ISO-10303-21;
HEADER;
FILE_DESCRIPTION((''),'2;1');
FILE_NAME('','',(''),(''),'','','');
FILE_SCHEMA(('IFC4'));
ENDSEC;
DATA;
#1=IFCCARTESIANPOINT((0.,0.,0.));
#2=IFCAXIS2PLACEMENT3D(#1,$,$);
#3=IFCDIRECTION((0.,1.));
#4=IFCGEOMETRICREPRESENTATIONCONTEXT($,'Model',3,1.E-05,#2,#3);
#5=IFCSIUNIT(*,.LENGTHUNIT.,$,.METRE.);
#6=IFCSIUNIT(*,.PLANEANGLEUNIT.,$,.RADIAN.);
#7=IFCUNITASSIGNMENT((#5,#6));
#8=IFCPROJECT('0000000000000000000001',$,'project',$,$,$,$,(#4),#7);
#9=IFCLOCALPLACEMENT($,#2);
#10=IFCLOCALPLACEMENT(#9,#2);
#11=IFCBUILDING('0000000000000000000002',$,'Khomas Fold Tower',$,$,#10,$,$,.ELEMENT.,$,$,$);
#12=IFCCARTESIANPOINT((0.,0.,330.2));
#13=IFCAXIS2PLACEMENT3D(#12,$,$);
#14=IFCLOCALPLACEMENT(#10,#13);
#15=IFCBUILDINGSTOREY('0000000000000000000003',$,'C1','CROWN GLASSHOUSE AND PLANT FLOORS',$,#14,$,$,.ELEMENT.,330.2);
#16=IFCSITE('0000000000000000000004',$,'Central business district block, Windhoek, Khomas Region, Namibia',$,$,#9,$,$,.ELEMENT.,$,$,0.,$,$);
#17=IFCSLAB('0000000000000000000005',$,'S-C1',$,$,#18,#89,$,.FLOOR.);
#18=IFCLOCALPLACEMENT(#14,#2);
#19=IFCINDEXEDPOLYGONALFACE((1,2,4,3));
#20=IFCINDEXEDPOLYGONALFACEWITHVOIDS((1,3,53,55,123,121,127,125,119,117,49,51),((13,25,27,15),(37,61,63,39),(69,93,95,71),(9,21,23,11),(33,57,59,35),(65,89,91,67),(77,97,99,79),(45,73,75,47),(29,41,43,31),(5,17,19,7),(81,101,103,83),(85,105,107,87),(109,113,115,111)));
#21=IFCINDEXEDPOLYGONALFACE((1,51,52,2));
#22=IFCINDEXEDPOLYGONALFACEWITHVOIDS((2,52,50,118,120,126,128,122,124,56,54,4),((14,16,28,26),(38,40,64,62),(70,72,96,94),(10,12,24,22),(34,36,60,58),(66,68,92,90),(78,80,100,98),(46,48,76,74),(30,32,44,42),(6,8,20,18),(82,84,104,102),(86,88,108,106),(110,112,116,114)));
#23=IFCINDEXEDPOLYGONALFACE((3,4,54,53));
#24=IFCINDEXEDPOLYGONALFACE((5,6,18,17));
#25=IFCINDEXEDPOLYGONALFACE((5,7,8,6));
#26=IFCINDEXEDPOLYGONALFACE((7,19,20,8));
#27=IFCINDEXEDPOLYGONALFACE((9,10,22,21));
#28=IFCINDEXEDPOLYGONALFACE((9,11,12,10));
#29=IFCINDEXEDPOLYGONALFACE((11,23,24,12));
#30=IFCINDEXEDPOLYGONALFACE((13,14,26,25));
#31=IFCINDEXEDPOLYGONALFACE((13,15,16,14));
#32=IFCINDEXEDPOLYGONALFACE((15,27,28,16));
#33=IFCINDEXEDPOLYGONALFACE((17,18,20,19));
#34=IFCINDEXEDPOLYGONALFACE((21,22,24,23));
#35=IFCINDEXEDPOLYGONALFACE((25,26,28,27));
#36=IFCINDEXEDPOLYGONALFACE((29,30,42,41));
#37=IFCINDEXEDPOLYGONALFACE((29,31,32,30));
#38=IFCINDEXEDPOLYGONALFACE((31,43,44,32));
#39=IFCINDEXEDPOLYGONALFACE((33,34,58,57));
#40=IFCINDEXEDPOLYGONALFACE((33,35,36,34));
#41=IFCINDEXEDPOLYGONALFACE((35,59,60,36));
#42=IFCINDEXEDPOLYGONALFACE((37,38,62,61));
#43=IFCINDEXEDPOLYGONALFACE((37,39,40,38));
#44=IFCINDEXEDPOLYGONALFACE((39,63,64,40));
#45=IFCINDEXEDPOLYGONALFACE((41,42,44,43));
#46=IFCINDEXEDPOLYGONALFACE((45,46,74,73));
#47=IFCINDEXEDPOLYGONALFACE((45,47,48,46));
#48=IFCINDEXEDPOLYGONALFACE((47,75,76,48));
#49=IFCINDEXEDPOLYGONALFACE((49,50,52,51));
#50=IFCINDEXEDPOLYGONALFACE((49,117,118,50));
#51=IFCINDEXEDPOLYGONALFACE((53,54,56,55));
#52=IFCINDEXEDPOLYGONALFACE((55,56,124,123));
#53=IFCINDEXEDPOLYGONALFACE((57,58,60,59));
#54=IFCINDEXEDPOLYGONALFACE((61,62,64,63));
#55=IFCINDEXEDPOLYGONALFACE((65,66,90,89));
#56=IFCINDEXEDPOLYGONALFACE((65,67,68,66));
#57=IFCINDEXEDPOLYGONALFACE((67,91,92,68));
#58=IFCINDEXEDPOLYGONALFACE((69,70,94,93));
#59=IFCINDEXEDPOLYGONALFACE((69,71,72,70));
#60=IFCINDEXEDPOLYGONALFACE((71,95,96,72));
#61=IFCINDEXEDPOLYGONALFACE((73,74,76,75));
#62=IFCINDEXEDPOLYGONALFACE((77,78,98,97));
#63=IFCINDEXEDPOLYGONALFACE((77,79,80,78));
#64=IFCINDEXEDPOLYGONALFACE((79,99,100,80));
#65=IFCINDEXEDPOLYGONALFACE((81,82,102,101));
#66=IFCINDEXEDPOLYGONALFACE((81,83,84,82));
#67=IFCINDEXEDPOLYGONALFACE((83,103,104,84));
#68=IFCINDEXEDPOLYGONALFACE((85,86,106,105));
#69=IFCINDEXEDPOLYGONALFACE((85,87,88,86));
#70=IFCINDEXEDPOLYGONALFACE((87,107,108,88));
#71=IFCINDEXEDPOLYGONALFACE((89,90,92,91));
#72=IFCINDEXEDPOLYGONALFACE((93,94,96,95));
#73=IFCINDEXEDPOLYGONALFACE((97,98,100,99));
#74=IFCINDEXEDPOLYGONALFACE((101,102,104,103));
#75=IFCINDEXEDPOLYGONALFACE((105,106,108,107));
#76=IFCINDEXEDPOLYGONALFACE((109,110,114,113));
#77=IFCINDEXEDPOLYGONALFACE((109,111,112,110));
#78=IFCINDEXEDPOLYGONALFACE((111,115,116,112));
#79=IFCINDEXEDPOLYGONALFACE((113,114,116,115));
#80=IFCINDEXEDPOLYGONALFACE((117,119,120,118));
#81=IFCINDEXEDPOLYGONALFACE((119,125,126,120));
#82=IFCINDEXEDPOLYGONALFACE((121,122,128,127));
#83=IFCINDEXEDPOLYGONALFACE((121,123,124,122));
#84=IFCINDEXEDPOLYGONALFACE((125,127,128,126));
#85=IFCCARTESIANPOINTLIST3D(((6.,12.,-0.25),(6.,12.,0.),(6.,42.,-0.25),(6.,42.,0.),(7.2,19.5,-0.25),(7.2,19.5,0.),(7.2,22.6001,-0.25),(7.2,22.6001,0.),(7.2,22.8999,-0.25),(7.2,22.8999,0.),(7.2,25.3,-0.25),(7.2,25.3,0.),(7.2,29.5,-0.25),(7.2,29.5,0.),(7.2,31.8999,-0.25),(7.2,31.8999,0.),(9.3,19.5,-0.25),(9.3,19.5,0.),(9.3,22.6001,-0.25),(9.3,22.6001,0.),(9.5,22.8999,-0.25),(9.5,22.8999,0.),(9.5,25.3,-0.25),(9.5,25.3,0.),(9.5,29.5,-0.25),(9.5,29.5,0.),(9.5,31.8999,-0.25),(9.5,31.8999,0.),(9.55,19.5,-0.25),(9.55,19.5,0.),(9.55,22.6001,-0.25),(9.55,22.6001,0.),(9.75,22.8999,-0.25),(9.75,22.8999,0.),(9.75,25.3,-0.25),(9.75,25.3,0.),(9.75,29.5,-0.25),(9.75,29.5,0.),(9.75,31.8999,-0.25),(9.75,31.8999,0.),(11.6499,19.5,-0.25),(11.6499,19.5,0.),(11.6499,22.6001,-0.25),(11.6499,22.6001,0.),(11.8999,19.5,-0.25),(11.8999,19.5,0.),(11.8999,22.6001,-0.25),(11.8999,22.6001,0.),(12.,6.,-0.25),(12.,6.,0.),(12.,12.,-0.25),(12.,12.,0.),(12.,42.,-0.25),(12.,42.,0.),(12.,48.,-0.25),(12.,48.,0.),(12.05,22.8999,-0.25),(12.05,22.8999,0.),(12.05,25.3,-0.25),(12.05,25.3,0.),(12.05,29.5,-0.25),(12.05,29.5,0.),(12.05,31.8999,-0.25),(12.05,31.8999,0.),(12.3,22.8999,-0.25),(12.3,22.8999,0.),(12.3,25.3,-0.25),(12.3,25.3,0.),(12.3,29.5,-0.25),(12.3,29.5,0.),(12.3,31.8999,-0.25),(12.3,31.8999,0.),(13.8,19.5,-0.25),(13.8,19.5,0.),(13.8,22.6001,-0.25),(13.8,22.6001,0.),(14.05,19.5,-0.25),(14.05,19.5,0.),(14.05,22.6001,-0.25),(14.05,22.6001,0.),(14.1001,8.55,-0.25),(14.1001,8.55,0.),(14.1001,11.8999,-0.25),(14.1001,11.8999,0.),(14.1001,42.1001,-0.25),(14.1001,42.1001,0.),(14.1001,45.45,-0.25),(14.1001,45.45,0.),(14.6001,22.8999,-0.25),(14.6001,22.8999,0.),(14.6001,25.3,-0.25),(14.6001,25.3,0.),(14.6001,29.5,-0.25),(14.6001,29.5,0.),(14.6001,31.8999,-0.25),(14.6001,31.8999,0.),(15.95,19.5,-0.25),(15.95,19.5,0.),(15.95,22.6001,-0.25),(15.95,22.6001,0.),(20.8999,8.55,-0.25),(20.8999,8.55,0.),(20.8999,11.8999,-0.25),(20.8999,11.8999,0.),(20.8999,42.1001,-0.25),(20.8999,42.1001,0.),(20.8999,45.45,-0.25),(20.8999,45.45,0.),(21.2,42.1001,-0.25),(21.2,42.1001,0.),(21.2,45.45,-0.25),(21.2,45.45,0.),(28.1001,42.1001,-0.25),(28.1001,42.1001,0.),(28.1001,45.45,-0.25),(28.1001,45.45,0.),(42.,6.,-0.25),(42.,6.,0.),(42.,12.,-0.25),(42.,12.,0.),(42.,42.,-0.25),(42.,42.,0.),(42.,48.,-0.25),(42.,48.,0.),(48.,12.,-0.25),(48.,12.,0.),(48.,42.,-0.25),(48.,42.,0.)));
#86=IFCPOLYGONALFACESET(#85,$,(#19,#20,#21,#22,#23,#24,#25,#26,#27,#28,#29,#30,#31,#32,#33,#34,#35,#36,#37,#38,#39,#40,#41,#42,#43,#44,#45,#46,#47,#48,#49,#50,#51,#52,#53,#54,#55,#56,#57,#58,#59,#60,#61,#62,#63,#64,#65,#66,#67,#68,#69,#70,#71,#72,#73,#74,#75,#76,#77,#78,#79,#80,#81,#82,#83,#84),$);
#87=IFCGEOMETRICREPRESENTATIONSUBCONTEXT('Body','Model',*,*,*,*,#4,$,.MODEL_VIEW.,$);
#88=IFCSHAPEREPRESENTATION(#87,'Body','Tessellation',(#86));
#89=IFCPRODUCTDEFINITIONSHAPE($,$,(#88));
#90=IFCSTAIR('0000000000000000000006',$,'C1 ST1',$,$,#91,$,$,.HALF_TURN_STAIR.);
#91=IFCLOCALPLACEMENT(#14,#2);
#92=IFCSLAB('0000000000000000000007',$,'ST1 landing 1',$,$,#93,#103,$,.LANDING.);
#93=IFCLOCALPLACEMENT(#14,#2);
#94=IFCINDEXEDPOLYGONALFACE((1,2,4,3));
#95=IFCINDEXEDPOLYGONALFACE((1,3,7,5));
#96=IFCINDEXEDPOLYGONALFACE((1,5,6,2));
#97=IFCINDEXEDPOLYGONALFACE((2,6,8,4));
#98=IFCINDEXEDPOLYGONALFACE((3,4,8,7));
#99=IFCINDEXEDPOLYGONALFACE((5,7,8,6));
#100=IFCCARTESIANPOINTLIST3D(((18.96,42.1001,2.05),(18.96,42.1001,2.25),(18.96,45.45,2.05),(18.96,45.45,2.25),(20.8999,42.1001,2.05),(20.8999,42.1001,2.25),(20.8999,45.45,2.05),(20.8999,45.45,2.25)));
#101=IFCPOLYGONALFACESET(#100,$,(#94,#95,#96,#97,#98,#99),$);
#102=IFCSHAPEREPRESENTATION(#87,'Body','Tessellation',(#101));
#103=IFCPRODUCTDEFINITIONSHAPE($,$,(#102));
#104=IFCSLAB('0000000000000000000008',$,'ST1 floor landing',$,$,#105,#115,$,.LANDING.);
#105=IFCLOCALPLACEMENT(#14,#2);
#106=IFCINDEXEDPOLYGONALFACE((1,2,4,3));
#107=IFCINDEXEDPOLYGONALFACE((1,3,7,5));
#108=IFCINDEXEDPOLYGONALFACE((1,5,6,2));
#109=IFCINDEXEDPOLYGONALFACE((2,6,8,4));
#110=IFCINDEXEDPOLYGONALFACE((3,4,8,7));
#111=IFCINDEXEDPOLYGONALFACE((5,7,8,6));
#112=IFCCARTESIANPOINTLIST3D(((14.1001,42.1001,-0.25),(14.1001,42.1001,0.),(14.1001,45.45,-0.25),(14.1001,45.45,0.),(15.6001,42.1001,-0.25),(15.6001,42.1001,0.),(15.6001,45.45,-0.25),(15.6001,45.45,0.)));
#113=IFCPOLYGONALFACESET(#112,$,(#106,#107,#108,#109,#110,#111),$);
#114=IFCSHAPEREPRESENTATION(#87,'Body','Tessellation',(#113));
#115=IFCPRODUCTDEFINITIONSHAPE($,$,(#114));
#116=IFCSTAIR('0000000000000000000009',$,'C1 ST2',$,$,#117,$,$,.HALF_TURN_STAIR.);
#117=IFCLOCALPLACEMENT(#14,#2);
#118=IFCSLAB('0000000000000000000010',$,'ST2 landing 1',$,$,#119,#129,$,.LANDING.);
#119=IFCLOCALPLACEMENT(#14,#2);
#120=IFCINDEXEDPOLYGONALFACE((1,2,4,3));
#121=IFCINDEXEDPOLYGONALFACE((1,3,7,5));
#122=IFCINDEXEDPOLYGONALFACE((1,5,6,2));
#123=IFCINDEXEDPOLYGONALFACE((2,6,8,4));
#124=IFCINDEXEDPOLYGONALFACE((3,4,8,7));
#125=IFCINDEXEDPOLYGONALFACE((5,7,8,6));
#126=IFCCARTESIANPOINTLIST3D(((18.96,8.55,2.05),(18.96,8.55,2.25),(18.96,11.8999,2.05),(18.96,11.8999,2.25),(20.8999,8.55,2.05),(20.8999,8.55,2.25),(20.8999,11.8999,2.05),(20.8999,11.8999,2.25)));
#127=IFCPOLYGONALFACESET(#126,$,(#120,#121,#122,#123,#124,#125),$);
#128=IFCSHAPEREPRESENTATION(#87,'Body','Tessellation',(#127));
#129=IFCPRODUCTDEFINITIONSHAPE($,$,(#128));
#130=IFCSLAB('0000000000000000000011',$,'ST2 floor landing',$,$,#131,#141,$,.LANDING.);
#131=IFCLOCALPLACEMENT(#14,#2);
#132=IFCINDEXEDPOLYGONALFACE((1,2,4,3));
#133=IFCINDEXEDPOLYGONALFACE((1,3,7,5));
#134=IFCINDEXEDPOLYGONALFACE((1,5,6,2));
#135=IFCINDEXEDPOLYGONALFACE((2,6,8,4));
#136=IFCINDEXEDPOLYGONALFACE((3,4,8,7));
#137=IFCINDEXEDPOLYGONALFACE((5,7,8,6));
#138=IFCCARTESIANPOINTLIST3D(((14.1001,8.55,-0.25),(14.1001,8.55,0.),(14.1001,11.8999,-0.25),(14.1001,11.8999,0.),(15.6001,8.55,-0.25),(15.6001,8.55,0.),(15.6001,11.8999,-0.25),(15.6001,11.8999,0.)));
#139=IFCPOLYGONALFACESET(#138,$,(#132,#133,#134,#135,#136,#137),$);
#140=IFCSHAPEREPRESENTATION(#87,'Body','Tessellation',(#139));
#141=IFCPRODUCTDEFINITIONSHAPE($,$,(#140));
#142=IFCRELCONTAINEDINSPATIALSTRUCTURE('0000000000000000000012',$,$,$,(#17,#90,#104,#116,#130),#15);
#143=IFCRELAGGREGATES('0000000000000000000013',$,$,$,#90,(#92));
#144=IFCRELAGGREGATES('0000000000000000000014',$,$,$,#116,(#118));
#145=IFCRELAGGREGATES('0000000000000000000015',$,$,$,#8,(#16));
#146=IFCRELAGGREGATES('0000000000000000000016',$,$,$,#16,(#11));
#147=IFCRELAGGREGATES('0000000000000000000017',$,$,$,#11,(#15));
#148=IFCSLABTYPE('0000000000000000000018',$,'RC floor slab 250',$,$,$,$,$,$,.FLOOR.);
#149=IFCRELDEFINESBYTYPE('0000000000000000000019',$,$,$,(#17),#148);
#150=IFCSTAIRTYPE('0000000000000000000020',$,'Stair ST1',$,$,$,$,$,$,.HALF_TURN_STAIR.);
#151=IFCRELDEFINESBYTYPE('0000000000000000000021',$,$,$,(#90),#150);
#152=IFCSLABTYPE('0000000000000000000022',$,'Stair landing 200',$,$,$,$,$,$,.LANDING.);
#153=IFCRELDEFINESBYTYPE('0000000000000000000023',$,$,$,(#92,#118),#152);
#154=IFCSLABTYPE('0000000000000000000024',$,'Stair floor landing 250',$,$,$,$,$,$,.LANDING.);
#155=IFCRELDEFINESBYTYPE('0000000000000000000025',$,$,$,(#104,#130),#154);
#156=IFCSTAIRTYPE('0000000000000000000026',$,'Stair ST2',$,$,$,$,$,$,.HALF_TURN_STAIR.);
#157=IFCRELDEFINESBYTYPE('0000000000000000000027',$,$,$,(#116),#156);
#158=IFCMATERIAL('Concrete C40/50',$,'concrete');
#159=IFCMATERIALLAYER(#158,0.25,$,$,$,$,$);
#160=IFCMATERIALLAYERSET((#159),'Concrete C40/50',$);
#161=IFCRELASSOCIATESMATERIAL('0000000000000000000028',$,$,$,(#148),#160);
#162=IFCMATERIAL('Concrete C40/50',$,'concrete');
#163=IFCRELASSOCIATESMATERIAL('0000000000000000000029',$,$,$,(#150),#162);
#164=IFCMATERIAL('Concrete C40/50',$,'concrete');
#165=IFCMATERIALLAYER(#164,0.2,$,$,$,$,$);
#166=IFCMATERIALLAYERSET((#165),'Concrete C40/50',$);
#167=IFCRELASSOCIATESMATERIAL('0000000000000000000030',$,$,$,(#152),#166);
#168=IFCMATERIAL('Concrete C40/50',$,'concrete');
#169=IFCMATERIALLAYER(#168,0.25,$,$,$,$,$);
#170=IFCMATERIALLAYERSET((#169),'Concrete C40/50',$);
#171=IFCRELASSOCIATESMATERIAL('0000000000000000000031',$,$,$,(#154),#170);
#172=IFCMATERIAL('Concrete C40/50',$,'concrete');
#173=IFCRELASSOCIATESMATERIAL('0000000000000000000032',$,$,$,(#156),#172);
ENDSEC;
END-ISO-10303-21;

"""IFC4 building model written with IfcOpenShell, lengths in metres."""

from ifc_helpers import new_model, si_unit, direction, frame, origin, place, context, subcontext, project, spatial, polyline, outline, extrude, source, transform, mapped, material, layer, layer_set, type_object, element, aggregate, save


model = new_model("IFC4")

# Units and contexts
model_context = context("Model", 3, precision=1e-05, world=origin(), true_north=direction((0.0, 1.0)))
body_context = subcontext(model_context, "Body", "Model", "MODEL_VIEW")
ifc_project = project(units=[si_unit("LENGTHUNIT", "METRE"), si_unit("PLANEANGLEUNIT", "RADIAN")], contexts=[model_context])

# Site, building, storey
site_placement = place(None, origin())
site = spatial("IfcSite", under=ifc_project, at=site_placement, Name="Central business district block, Windhoek, Khomas Region, Namibia", CompositionType="ELEMENT", RefElevation=0.0)
building_placement = place(site_placement, origin())
building = spatial("IfcBuilding", under=site, at=building_placement, Name="Khomas Fold Tower", CompositionType="ELEMENT")
storey_placement = place(building_placement, frame((0.0, 0.0, 330.2)))
storey = spatial("IfcBuildingStorey", under=building, at=storey_placement, Name="C1", Description="CROWN GLASSHOUSE AND PLANT FLOORS", CompositionType="ELEMENT", Elevation=330.2)

# Slab
ifc_material_1 = material(Name="Concrete C40/50", Category="concrete")
ifc_layer_1 = layer(ifc_material_1, 0.25)
ifc_layer_set_1 = layer_set([ifc_layer_1], Name="Concrete C40/50")
slab_type_1 = type_object("IfcSlabType", Name="RC floor slab 250", PredefinedType="FLOOR", material=ifc_layer_set_1)
shared_shape_1 = source(origin(), body_context, "Body", "SweptSolid", [
    extrude(outline(polyline([(6.0, 12.0), (12.0, 12.0), (12.0, 6.0), (42.0, 6.0), (42.0, 12.0), (48.0, 12.0), (48.0, 42.0), (42.0, 42.0), (42.0, 48.0), (12.0, 48.0), (12.0, 42.0), (6.0, 42.0), (6.0, 12.0)]), holes=[polyline([(7.2, 19.5), (7.2, 22.6001), (9.3, 22.6001), (9.3, 19.5), (7.2, 19.5)]), polyline([(7.2, 22.8999), (7.2, 25.3), (9.5, 25.3), (9.5, 22.8999), (7.2, 22.8999)]), polyline([(7.2, 29.5), (7.2, 31.8999), (9.5, 31.8999), (9.5, 29.5), (7.2, 29.5)]), polyline([(9.55, 19.5), (9.55, 22.6001), (11.6499, 22.6001), (11.6499, 19.5), (9.55, 19.5)]), polyline([(9.75, 22.8999), (9.75, 25.3), (12.05, 25.3), (12.05, 22.8999), (9.75, 22.8999)]), polyline([(9.75, 29.5), (9.75, 31.8999), (12.05, 31.8999), (12.05, 29.5), (9.75, 29.5)]), polyline([(11.8999, 19.5), (11.8999, 22.6001), (13.8, 22.6001), (13.8, 19.5), (11.8999, 19.5)]), polyline([(12.3, 22.8999), (12.3, 25.3), (14.6001, 25.3), (14.6001, 22.8999), (12.3, 22.8999)]), polyline([(12.3, 29.5), (12.3, 31.8999), (14.6001, 31.8999), (14.6001, 29.5), (12.3, 29.5)]), polyline([(14.05, 19.5), (14.05, 22.6001), (15.95, 22.6001), (15.95, 19.5), (14.05, 19.5)]), polyline([(14.1001, 8.55), (14.1001, 11.8999), (20.8999, 11.8999), (20.8999, 8.55), (14.1001, 8.55)]), polyline([(14.1001, 42.1001), (14.1001, 45.45), (20.8999, 45.45), (20.8999, 42.1001), (14.1001, 42.1001)]), polyline([(21.2, 42.1001), (21.2, 45.45), (28.1001, 45.45), (28.1001, 42.1001), (21.2, 42.1001)])]), origin(), (0.0, 0.0, 1.0), 0.25),
])
slab_1_placement = place(storey_placement, frame((0.0, 0.0, -0.25)))
element("IfcSlab", 1, at=slab_1_placement, inside=storey, type_object=slab_type_1, Name="S-C1", PredefinedType="FLOOR", context=body_context, shape_type="MappedRepresentation", body=[
    mapped(shared_shape_1, transform((0.0, 0.0, 0.0))),
])

# Stair, slab
ifc_material_2 = material(Name="Concrete C40/50", Category="concrete")
stair_type_1 = type_object("IfcStairType", Name="Stair ST1", PredefinedType="HALF_TURN_STAIR", material=ifc_material_2)
stair_1_placement = place(storey_placement, origin())
stair_1 = element("IfcStair", 2, at=stair_1_placement, inside=storey, type_object=stair_type_1, Name="C1 ST1", PredefinedType="HALF_TURN_STAIR")
ifc_material_3 = material(Name="Concrete C40/50", Category="concrete")
ifc_layer_2 = layer(ifc_material_3, 0.2)
ifc_layer_set_2 = layer_set([ifc_layer_2], Name="Concrete C40/50")
slab_type_2 = type_object("IfcSlabType", Name="Stair landing 200", PredefinedType="LANDING", material=ifc_layer_set_2)
shared_shape_2 = source(origin(), body_context, "Body", "SweptSolid", [
    extrude(outline(polyline([(18.96, 42.1001), (20.8999, 42.1001), (20.8999, 45.45), (18.96, 45.45), (18.96, 42.1001)])), origin(), (0.0, 0.0, 1.0), 0.2),
])
slab_2_placement = place(storey_placement, frame((0.0, 0.0, 2.05)))
slab_2 = element("IfcSlab", 3, at=slab_2_placement, type_object=slab_type_2, Name="ST1 landing 1", PredefinedType="LANDING", context=body_context, shape_type="MappedRepresentation", body=[
    mapped(shared_shape_2, transform((0.0, 0.0, 0.0))),
])
aggregate(stair_1, [slab_2])

# Slab
ifc_material_4 = material(Name="Concrete C40/50", Category="concrete")
ifc_layer_3 = layer(ifc_material_4, 0.25)
ifc_layer_set_3 = layer_set([ifc_layer_3], Name="Concrete C40/50")
slab_type_3 = type_object("IfcSlabType", Name="Stair floor landing 250", PredefinedType="LANDING", material=ifc_layer_set_3)
shared_shape_3 = source(origin(), body_context, "Body", "SweptSolid", [
    extrude(outline(polyline([(14.1001, 45.45), (15.6001, 45.45), (15.6001, 42.1001), (14.1001, 42.1001), (14.1001, 45.45)])), origin(), (0.0, 0.0, 1.0), 0.25),
])
slab_3_placement = place(storey_placement, frame((0.0, 0.0, -0.25)))
element("IfcSlab", 4, at=slab_3_placement, inside=storey, type_object=slab_type_3, Name="ST1 floor landing", PredefinedType="LANDING", context=body_context, shape_type="MappedRepresentation", body=[
    mapped(shared_shape_3, transform((0.0, 0.0, 0.0))),
])

# Stair, slab
ifc_material_5 = material(Name="Concrete C40/50", Category="concrete")
stair_type_2 = type_object("IfcStairType", Name="Stair ST2", PredefinedType="HALF_TURN_STAIR", material=ifc_material_5)
stair_2_placement = place(storey_placement, origin())
stair_2 = element("IfcStair", 5, at=stair_2_placement, inside=storey, type_object=stair_type_2, Name="C1 ST2", PredefinedType="HALF_TURN_STAIR")
shared_shape_4 = source(origin(), body_context, "Body", "SweptSolid", [
    extrude(outline(polyline([(18.96, 8.55), (20.8999, 8.55), (20.8999, 11.8999), (18.96, 11.8999), (18.96, 8.55)])), origin(), (0.0, 0.0, 1.0), 0.2),
])
slab_4_placement = place(storey_placement, frame((0.0, 0.0, 2.05)))
slab_4 = element("IfcSlab", 6, at=slab_4_placement, type_object=slab_type_2, Name="ST2 landing 1", PredefinedType="LANDING", context=body_context, shape_type="MappedRepresentation", body=[
    mapped(shared_shape_4, transform((0.0, 0.0, 0.0))),
])
aggregate(stair_2, [slab_4])

# Slab
shared_shape_5 = source(origin(), body_context, "Body", "SweptSolid", [
    extrude(outline(polyline([(14.1001, 11.8999), (15.6001, 11.8999), (15.6001, 8.55), (14.1001, 8.55), (14.1001, 11.8999)])), origin(), (0.0, 0.0, 1.0), 0.25),
])
slab_5_placement = place(storey_placement, frame((0.0, 0.0, -0.25)))
element("IfcSlab", 7, at=slab_5_placement, inside=storey, type_object=slab_type_3, Name="ST2 floor landing", PredefinedType="LANDING", context=body_context, shape_type="MappedRepresentation", body=[
    mapped(shared_shape_5, transform((0.0, 0.0, 0.0))),
])

save(model, "model.ifc")
